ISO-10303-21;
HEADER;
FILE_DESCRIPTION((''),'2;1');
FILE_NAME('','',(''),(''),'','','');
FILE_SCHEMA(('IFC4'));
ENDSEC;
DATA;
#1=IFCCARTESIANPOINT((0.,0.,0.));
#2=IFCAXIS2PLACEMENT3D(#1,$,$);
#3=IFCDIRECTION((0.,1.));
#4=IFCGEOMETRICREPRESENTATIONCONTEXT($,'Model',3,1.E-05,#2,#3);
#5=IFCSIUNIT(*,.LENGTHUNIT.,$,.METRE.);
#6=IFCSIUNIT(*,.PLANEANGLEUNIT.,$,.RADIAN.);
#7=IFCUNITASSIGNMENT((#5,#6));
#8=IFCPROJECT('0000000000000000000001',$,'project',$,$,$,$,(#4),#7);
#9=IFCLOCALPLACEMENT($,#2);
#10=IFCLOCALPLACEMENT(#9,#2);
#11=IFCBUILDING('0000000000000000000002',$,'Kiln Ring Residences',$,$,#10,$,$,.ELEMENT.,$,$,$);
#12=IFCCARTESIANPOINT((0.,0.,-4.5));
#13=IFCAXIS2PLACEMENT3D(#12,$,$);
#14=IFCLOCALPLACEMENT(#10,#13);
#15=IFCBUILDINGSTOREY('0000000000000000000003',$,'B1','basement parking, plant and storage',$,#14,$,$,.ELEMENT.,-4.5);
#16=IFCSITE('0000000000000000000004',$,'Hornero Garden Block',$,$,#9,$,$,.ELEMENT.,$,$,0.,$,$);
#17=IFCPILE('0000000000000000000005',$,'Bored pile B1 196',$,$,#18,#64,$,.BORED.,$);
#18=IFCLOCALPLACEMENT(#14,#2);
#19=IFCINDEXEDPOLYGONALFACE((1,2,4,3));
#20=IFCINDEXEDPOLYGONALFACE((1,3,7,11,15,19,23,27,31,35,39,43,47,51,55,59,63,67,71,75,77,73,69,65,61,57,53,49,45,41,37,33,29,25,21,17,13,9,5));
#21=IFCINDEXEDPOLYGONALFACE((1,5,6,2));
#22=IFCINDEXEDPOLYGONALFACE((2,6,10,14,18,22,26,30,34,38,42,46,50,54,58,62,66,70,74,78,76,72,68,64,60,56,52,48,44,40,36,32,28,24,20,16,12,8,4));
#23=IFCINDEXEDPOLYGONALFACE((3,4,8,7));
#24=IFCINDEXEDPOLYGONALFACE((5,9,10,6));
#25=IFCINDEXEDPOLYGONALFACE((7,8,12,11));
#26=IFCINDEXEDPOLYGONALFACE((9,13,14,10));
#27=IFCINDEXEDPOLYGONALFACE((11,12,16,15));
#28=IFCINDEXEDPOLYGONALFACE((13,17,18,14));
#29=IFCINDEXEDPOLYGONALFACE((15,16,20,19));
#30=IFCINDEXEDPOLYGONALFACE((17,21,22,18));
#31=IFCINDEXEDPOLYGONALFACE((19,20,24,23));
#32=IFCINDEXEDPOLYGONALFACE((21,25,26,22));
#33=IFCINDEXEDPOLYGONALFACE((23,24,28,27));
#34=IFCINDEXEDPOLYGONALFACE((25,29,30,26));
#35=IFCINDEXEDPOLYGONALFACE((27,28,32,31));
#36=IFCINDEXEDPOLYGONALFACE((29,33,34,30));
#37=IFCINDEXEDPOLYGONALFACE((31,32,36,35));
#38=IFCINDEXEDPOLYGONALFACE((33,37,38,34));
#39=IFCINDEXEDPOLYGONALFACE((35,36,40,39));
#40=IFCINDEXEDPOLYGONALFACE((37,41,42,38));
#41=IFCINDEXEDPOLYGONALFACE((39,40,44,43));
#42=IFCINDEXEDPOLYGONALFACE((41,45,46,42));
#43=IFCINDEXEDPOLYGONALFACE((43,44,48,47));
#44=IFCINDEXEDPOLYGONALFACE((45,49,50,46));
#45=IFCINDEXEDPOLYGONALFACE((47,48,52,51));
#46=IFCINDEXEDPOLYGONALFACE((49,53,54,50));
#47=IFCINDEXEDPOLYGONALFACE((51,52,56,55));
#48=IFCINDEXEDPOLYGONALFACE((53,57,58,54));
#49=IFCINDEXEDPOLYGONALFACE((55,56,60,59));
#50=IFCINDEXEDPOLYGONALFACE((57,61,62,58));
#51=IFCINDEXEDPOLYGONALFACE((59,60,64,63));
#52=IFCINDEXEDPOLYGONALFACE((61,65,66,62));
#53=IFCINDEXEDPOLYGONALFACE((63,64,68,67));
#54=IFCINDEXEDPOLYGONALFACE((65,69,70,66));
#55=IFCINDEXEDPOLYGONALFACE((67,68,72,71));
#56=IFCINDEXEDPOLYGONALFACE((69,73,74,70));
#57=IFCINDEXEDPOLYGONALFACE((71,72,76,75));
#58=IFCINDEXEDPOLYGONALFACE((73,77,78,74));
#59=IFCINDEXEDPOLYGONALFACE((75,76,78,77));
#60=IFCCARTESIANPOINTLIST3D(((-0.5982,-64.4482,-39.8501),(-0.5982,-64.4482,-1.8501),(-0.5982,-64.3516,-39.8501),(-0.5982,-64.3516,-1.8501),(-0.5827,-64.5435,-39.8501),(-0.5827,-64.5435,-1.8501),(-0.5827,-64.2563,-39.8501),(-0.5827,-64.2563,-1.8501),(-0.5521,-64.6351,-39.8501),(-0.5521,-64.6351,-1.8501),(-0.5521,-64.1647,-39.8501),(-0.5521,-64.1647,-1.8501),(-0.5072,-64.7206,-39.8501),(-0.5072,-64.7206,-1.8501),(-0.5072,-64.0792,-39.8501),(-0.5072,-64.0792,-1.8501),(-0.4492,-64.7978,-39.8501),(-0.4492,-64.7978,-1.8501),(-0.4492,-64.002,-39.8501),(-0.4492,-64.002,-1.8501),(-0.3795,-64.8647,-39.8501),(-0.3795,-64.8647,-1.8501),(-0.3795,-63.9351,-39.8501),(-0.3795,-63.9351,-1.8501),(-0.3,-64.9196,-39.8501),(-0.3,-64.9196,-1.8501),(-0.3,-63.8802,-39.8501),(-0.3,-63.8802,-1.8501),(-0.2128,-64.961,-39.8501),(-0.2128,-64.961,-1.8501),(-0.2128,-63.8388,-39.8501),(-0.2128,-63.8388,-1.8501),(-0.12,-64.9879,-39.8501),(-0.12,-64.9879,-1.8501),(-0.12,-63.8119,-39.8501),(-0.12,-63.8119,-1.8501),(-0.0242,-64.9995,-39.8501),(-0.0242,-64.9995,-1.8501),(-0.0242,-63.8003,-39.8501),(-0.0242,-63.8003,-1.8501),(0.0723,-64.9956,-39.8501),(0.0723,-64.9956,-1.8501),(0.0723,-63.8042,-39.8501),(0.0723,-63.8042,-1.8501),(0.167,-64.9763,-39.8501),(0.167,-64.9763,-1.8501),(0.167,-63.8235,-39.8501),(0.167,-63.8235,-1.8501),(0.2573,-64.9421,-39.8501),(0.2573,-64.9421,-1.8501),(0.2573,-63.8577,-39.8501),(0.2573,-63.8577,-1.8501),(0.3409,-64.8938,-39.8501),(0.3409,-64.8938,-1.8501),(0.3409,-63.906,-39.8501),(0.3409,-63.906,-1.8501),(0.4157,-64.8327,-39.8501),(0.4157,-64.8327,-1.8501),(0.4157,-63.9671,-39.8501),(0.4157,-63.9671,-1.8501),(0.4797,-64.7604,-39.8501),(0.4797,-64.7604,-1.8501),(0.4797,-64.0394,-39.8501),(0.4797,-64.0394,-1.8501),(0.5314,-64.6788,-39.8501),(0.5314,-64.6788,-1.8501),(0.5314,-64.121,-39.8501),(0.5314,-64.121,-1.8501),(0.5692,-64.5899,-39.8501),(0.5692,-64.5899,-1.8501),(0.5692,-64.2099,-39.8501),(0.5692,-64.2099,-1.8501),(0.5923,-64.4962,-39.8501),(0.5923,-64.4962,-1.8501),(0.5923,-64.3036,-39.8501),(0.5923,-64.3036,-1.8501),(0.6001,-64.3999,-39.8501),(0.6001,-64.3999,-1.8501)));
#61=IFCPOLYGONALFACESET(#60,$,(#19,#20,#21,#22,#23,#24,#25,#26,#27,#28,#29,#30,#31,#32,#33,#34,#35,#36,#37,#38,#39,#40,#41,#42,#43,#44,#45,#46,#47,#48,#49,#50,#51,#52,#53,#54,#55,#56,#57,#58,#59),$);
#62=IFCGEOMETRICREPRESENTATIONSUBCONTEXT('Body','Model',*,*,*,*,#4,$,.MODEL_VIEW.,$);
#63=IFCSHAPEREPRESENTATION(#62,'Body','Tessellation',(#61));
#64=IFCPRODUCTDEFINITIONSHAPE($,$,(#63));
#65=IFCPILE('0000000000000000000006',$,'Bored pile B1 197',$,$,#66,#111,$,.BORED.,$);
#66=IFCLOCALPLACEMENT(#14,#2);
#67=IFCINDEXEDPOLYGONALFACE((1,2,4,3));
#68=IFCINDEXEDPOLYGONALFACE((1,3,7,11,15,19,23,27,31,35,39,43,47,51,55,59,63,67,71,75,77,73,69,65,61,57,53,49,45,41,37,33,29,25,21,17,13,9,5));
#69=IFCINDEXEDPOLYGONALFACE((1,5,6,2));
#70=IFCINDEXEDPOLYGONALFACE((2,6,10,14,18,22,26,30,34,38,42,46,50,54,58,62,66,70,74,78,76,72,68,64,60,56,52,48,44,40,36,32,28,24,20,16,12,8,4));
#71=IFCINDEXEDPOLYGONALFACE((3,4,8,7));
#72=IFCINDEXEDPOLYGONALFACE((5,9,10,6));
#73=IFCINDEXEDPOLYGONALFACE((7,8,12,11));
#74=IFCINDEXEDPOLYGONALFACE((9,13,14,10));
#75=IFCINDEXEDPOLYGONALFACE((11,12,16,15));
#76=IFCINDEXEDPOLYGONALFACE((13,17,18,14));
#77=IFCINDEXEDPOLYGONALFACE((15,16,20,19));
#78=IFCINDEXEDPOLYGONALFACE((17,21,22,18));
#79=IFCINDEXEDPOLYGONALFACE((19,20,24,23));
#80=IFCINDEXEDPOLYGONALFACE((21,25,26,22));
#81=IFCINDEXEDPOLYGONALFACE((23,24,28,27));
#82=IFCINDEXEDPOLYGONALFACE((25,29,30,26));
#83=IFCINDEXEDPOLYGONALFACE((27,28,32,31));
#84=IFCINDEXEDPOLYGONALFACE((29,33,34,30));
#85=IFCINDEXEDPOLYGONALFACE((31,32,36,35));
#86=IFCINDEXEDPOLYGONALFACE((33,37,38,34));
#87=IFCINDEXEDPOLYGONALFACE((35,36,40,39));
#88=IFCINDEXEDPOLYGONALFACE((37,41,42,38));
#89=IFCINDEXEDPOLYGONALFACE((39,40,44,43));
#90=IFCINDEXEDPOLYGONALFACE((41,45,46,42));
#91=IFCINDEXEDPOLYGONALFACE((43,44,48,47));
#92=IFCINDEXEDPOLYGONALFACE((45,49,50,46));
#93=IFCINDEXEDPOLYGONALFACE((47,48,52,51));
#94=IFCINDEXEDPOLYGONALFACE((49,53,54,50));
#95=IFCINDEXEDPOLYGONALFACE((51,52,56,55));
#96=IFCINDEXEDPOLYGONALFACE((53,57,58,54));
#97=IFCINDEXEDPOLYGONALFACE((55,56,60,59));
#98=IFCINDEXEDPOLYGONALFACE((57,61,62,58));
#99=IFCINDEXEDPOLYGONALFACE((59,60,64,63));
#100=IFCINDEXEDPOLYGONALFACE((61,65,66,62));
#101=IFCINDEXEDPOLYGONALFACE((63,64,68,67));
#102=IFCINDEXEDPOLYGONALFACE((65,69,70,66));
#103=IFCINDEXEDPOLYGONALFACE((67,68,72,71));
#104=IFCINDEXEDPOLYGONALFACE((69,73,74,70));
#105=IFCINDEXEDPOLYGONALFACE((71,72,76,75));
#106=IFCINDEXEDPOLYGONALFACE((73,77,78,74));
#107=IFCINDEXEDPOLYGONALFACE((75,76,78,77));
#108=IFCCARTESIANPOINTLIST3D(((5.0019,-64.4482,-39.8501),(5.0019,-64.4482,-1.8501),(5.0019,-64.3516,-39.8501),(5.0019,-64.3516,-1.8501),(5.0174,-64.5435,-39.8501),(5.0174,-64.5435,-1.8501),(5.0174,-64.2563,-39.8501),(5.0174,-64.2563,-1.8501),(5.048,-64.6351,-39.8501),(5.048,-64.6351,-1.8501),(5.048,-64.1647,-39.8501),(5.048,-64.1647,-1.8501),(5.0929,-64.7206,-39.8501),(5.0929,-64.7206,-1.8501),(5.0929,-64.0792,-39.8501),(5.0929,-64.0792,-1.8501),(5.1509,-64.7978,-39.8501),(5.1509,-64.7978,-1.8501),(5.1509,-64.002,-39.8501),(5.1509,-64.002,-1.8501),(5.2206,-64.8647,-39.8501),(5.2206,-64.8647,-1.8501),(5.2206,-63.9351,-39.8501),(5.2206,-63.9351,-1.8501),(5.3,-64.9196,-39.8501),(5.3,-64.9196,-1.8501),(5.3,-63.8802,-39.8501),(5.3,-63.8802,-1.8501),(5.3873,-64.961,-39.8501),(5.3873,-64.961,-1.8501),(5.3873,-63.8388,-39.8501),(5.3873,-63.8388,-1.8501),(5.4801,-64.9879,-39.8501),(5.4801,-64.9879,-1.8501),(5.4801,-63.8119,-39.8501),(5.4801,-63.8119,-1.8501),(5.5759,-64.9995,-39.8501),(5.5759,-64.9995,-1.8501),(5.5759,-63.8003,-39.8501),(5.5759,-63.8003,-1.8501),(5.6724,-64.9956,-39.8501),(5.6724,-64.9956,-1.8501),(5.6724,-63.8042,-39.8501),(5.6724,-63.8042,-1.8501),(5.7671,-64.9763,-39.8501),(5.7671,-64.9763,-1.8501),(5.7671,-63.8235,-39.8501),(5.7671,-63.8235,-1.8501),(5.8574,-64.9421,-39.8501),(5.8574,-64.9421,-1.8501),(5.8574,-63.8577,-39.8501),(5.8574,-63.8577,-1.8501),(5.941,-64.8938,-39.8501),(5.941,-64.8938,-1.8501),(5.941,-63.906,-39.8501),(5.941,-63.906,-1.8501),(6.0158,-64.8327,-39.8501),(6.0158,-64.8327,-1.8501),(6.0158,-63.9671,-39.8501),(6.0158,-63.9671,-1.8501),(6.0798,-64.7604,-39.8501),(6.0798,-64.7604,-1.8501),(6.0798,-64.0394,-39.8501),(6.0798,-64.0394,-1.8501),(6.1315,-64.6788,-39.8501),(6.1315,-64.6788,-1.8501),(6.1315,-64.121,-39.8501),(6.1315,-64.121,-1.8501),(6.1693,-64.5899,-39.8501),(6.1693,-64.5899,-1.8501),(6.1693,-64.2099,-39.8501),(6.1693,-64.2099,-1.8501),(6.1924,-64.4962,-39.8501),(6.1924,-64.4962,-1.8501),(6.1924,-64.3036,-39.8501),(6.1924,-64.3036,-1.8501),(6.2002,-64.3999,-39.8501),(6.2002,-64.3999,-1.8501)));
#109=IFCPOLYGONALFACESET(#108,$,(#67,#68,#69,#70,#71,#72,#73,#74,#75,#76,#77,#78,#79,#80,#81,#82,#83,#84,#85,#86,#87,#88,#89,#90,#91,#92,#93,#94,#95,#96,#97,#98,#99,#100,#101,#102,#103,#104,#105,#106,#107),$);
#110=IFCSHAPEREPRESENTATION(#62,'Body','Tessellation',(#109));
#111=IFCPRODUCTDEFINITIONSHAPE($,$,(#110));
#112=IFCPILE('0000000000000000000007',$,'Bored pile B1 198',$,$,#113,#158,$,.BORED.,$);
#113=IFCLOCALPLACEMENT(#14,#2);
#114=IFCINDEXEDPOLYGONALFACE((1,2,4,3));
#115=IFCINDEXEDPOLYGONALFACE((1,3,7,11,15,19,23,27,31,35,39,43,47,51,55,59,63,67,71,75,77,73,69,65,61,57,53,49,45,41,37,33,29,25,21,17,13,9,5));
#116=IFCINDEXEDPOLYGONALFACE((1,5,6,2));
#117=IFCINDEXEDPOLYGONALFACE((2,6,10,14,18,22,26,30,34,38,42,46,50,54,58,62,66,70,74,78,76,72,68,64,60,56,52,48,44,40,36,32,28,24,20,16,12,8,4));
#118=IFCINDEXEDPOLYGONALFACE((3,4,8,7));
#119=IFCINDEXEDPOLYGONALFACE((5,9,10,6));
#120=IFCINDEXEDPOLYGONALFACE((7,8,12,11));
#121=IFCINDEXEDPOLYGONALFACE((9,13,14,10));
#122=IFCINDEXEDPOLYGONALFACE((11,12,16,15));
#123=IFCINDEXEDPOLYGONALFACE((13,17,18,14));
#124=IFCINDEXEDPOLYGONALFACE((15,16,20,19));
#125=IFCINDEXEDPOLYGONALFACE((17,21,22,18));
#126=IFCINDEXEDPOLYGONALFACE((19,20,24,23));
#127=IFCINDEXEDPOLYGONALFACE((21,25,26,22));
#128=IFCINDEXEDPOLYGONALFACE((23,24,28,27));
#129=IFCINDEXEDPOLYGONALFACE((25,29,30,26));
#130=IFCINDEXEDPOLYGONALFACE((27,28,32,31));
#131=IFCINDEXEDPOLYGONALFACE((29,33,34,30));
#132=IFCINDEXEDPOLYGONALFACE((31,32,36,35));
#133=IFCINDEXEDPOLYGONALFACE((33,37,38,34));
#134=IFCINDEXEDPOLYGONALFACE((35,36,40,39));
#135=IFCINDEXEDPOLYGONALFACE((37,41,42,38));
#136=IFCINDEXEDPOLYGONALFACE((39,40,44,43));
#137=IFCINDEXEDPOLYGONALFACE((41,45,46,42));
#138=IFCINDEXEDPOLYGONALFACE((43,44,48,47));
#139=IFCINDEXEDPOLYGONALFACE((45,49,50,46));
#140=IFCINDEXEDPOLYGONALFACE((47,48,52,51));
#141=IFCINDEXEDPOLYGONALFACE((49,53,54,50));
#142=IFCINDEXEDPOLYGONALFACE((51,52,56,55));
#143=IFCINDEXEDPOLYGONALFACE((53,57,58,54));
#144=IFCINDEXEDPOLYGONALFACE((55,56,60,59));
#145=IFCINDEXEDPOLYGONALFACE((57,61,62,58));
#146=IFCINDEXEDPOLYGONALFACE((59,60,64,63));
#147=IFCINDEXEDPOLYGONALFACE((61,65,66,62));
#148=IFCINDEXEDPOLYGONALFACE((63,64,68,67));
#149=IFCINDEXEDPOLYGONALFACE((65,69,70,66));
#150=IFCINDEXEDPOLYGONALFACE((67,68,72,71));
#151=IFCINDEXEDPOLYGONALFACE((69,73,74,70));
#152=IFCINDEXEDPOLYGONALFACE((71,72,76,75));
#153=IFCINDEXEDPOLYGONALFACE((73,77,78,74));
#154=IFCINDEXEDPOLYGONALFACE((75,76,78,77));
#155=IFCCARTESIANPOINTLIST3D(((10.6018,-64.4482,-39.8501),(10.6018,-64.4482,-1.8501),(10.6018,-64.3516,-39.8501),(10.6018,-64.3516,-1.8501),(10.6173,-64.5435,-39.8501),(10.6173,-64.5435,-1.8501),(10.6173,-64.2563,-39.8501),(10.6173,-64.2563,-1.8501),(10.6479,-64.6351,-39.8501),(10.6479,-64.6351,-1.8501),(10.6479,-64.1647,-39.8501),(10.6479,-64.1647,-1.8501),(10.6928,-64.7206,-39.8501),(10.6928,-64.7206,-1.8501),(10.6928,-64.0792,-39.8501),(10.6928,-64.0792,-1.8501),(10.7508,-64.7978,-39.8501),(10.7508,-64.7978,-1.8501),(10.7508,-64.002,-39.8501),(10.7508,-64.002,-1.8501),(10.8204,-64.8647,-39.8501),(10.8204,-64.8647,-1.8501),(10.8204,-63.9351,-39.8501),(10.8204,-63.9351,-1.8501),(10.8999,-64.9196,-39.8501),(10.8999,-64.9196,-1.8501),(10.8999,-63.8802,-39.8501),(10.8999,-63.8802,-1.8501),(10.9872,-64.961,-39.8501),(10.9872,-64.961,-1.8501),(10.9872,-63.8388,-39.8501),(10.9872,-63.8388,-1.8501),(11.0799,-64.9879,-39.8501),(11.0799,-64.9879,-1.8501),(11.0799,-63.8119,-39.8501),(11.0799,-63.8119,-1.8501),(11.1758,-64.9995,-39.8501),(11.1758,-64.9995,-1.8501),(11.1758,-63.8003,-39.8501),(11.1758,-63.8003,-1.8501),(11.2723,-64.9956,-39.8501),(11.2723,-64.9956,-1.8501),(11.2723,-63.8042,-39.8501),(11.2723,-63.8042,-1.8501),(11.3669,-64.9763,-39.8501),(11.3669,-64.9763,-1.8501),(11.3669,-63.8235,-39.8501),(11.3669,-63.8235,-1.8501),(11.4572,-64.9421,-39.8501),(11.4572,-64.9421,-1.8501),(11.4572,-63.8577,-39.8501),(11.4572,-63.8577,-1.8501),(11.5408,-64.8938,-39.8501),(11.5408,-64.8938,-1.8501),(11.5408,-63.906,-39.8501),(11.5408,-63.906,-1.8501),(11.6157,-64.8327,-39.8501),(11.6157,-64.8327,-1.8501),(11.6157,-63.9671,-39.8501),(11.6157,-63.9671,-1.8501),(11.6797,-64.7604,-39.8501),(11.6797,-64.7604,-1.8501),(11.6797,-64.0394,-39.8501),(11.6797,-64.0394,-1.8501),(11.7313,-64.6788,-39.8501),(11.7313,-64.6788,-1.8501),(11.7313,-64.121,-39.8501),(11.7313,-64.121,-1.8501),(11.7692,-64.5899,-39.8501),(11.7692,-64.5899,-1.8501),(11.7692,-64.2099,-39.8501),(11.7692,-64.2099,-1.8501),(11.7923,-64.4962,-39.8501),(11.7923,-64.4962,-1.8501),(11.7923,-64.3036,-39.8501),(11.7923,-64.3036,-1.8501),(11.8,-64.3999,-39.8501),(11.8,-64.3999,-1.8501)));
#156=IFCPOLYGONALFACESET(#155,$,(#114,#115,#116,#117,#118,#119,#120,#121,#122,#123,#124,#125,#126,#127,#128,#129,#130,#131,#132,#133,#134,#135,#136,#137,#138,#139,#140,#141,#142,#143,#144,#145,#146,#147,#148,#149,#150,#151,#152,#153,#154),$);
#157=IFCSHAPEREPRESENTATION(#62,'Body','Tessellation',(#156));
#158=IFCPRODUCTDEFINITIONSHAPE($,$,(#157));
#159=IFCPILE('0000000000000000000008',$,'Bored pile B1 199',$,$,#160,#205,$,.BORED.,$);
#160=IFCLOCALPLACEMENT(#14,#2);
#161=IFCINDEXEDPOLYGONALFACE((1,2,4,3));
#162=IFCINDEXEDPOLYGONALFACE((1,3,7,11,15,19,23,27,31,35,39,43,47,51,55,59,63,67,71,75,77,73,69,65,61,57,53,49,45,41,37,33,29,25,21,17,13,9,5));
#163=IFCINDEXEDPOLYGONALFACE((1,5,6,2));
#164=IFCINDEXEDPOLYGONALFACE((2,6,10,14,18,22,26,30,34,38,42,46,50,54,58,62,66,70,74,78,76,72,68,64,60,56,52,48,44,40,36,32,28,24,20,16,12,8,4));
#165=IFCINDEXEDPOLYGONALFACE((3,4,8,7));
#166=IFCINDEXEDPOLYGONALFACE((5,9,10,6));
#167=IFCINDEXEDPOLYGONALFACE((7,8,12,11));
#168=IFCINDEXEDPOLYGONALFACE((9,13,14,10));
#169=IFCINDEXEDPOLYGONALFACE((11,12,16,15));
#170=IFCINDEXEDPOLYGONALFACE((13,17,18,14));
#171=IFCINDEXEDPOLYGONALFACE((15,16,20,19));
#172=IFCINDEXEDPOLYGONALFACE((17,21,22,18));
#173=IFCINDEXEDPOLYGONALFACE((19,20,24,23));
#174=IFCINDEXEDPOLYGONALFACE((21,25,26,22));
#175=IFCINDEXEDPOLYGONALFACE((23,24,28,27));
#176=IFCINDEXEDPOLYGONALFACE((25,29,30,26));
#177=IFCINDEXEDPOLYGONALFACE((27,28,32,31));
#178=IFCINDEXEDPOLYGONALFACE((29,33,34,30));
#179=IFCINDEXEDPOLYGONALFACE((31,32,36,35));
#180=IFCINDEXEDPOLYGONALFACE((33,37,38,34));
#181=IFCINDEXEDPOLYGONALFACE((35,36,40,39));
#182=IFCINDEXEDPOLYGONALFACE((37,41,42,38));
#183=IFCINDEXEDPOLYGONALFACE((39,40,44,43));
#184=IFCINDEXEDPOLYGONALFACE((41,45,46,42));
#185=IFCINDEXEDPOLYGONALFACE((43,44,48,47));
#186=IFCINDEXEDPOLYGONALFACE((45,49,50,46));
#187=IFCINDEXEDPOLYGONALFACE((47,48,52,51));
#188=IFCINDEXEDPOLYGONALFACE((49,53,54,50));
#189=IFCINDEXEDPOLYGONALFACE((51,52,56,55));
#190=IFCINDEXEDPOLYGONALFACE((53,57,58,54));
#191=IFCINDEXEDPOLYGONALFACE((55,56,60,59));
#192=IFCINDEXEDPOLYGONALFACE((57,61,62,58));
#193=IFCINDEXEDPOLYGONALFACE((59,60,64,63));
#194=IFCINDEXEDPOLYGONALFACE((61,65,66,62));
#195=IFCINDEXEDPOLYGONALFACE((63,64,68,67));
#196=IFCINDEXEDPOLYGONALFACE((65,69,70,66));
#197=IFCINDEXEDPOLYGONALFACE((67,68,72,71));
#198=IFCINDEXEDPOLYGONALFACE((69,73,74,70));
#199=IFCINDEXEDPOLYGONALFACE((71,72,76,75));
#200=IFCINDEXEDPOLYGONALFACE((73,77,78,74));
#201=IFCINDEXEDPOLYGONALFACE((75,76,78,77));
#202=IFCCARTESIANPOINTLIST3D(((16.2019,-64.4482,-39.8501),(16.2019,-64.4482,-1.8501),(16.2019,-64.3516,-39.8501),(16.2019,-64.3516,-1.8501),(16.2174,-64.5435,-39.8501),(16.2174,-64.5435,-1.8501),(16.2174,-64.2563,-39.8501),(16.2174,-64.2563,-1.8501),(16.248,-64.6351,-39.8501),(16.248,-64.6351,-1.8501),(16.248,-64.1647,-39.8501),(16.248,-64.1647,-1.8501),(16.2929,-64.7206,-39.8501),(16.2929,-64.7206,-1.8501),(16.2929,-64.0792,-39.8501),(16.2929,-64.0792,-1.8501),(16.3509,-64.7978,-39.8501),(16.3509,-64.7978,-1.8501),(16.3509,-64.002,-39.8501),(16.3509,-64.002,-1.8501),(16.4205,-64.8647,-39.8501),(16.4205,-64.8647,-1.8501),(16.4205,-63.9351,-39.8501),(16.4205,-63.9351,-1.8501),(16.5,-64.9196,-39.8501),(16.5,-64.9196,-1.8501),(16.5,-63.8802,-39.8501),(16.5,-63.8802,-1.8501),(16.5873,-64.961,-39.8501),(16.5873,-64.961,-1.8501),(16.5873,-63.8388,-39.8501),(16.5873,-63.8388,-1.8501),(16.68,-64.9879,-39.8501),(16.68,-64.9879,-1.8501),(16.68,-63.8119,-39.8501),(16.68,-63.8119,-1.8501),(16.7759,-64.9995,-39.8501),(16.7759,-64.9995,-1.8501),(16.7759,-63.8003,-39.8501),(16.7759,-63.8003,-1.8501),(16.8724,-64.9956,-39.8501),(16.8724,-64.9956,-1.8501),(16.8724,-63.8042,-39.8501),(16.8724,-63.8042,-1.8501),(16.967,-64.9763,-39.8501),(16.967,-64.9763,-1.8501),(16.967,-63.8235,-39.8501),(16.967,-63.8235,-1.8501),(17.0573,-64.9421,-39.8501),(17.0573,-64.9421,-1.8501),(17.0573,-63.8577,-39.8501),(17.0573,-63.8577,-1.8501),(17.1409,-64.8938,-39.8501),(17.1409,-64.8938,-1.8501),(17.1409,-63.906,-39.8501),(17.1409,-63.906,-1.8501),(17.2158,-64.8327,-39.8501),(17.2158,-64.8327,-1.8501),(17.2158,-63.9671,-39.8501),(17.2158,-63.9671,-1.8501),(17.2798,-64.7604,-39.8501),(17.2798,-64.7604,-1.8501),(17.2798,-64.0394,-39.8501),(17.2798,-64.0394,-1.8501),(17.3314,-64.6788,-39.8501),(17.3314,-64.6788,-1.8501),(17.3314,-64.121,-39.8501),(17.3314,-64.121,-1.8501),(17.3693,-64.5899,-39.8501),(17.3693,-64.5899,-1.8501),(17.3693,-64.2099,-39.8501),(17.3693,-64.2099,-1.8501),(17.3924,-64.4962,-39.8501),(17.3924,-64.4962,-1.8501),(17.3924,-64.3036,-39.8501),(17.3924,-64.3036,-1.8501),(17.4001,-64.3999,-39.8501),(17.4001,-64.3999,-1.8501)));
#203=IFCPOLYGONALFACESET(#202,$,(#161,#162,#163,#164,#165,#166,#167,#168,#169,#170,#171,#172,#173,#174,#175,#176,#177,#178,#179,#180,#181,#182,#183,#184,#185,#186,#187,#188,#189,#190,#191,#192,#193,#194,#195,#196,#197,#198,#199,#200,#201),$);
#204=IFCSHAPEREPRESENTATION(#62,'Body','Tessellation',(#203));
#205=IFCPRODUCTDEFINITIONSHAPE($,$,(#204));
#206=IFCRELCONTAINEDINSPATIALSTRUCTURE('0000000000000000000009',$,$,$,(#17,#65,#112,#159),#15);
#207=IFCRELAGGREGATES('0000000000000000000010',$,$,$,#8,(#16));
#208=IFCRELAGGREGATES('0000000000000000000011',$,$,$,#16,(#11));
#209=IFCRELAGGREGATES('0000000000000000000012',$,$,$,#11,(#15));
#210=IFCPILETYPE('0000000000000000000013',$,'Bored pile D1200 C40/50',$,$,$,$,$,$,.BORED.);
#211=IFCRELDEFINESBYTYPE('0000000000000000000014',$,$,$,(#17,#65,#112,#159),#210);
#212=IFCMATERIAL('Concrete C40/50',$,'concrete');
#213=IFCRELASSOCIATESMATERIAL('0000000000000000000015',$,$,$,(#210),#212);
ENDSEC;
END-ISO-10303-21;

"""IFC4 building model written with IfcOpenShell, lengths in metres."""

from ifc_helpers import new_model, si_unit, direction, frame, origin, origin_2d, place, context, subcontext, project, spatial, circle, extrude, material, material_profile, profile_set, type_object, element, save


model = new_model("IFC4")

# Units and contexts
model_context = context("Model", 3, precision=1e-05, world=origin(), true_north=direction((0.0, 1.0)))
body_context = subcontext(model_context, "Body", "Model", "MODEL_VIEW")
ifc_project = project(units=[si_unit("LENGTHUNIT", "METRE"), si_unit("PLANEANGLEUNIT", "RADIAN")], contexts=[model_context])

# Site, building, storey
site_placement = place(None, origin())
site = spatial("IfcSite", under=ifc_project, at=site_placement, Name="Hornero Garden Block", CompositionType="ELEMENT", RefElevation=0.0)
building_placement = place(site_placement, origin())
building = spatial("IfcBuilding", under=site, at=building_placement, Name="Kiln Ring Residences", CompositionType="ELEMENT")
storey_placement = place(building_placement, frame((0.0, 0.0, -4.5)))
storey = spatial("IfcBuildingStorey", under=building, at=storey_placement, Name="B1", Description="basement parking, plant and storage", CompositionType="ELEMENT", Elevation=-4.5)

# Piles
ifc_material_1 = material(Name="Concrete C40/50", Category="concrete")
ifc_material_profile_1 = material_profile(ifc_material_1, circle(Radius=0.6001, at=origin_2d()), Name="BORED1200")
ifc_profile_set_1 = profile_set([ifc_material_profile_1], Name="Concrete C40/50")
pile_type = type_object("IfcPileType", Name="Bored pile D1200 C40/50", PredefinedType="BORED", material=ifc_profile_set_1)
for number, where, z_axis, x_axis, name in (
    (1, (0.0, -64.3999, -1.8501), (0.0, 0.0, -1.0), (1.0, 0.0, 0.0), "Bored pile B1 196"),
    (2, (5.6001, -64.3999, -1.8501), (0.0, 0.0, -1.0), (1.0, 0.0, 0.0), "Bored pile B1 197"),
    (3, (11.2, -64.3999, -1.8501), (0.0, 0.0, -1.0), (1.0, 0.0, 0.0), "Bored pile B1 198"),
    (4, (16.8, -64.3999, -1.8501), (0.0, 0.0, -1.0), (1.0, 0.0, 0.0), "Bored pile B1 199"),
):
    element("IfcPile", number, at=place(storey_placement, frame(where, z_axis=z_axis, x_axis=x_axis)), inside=storey, type_object=pile_type, Name=name, PredefinedType="BORED", context=body_context, shape_type="SweptSolid", body=[
        extrude(circle(Radius=0.6001, at=origin_2d()), origin(), (0.0, 0.0, 1.0), 38.0),
    ])

save(model, "model.ifc")
